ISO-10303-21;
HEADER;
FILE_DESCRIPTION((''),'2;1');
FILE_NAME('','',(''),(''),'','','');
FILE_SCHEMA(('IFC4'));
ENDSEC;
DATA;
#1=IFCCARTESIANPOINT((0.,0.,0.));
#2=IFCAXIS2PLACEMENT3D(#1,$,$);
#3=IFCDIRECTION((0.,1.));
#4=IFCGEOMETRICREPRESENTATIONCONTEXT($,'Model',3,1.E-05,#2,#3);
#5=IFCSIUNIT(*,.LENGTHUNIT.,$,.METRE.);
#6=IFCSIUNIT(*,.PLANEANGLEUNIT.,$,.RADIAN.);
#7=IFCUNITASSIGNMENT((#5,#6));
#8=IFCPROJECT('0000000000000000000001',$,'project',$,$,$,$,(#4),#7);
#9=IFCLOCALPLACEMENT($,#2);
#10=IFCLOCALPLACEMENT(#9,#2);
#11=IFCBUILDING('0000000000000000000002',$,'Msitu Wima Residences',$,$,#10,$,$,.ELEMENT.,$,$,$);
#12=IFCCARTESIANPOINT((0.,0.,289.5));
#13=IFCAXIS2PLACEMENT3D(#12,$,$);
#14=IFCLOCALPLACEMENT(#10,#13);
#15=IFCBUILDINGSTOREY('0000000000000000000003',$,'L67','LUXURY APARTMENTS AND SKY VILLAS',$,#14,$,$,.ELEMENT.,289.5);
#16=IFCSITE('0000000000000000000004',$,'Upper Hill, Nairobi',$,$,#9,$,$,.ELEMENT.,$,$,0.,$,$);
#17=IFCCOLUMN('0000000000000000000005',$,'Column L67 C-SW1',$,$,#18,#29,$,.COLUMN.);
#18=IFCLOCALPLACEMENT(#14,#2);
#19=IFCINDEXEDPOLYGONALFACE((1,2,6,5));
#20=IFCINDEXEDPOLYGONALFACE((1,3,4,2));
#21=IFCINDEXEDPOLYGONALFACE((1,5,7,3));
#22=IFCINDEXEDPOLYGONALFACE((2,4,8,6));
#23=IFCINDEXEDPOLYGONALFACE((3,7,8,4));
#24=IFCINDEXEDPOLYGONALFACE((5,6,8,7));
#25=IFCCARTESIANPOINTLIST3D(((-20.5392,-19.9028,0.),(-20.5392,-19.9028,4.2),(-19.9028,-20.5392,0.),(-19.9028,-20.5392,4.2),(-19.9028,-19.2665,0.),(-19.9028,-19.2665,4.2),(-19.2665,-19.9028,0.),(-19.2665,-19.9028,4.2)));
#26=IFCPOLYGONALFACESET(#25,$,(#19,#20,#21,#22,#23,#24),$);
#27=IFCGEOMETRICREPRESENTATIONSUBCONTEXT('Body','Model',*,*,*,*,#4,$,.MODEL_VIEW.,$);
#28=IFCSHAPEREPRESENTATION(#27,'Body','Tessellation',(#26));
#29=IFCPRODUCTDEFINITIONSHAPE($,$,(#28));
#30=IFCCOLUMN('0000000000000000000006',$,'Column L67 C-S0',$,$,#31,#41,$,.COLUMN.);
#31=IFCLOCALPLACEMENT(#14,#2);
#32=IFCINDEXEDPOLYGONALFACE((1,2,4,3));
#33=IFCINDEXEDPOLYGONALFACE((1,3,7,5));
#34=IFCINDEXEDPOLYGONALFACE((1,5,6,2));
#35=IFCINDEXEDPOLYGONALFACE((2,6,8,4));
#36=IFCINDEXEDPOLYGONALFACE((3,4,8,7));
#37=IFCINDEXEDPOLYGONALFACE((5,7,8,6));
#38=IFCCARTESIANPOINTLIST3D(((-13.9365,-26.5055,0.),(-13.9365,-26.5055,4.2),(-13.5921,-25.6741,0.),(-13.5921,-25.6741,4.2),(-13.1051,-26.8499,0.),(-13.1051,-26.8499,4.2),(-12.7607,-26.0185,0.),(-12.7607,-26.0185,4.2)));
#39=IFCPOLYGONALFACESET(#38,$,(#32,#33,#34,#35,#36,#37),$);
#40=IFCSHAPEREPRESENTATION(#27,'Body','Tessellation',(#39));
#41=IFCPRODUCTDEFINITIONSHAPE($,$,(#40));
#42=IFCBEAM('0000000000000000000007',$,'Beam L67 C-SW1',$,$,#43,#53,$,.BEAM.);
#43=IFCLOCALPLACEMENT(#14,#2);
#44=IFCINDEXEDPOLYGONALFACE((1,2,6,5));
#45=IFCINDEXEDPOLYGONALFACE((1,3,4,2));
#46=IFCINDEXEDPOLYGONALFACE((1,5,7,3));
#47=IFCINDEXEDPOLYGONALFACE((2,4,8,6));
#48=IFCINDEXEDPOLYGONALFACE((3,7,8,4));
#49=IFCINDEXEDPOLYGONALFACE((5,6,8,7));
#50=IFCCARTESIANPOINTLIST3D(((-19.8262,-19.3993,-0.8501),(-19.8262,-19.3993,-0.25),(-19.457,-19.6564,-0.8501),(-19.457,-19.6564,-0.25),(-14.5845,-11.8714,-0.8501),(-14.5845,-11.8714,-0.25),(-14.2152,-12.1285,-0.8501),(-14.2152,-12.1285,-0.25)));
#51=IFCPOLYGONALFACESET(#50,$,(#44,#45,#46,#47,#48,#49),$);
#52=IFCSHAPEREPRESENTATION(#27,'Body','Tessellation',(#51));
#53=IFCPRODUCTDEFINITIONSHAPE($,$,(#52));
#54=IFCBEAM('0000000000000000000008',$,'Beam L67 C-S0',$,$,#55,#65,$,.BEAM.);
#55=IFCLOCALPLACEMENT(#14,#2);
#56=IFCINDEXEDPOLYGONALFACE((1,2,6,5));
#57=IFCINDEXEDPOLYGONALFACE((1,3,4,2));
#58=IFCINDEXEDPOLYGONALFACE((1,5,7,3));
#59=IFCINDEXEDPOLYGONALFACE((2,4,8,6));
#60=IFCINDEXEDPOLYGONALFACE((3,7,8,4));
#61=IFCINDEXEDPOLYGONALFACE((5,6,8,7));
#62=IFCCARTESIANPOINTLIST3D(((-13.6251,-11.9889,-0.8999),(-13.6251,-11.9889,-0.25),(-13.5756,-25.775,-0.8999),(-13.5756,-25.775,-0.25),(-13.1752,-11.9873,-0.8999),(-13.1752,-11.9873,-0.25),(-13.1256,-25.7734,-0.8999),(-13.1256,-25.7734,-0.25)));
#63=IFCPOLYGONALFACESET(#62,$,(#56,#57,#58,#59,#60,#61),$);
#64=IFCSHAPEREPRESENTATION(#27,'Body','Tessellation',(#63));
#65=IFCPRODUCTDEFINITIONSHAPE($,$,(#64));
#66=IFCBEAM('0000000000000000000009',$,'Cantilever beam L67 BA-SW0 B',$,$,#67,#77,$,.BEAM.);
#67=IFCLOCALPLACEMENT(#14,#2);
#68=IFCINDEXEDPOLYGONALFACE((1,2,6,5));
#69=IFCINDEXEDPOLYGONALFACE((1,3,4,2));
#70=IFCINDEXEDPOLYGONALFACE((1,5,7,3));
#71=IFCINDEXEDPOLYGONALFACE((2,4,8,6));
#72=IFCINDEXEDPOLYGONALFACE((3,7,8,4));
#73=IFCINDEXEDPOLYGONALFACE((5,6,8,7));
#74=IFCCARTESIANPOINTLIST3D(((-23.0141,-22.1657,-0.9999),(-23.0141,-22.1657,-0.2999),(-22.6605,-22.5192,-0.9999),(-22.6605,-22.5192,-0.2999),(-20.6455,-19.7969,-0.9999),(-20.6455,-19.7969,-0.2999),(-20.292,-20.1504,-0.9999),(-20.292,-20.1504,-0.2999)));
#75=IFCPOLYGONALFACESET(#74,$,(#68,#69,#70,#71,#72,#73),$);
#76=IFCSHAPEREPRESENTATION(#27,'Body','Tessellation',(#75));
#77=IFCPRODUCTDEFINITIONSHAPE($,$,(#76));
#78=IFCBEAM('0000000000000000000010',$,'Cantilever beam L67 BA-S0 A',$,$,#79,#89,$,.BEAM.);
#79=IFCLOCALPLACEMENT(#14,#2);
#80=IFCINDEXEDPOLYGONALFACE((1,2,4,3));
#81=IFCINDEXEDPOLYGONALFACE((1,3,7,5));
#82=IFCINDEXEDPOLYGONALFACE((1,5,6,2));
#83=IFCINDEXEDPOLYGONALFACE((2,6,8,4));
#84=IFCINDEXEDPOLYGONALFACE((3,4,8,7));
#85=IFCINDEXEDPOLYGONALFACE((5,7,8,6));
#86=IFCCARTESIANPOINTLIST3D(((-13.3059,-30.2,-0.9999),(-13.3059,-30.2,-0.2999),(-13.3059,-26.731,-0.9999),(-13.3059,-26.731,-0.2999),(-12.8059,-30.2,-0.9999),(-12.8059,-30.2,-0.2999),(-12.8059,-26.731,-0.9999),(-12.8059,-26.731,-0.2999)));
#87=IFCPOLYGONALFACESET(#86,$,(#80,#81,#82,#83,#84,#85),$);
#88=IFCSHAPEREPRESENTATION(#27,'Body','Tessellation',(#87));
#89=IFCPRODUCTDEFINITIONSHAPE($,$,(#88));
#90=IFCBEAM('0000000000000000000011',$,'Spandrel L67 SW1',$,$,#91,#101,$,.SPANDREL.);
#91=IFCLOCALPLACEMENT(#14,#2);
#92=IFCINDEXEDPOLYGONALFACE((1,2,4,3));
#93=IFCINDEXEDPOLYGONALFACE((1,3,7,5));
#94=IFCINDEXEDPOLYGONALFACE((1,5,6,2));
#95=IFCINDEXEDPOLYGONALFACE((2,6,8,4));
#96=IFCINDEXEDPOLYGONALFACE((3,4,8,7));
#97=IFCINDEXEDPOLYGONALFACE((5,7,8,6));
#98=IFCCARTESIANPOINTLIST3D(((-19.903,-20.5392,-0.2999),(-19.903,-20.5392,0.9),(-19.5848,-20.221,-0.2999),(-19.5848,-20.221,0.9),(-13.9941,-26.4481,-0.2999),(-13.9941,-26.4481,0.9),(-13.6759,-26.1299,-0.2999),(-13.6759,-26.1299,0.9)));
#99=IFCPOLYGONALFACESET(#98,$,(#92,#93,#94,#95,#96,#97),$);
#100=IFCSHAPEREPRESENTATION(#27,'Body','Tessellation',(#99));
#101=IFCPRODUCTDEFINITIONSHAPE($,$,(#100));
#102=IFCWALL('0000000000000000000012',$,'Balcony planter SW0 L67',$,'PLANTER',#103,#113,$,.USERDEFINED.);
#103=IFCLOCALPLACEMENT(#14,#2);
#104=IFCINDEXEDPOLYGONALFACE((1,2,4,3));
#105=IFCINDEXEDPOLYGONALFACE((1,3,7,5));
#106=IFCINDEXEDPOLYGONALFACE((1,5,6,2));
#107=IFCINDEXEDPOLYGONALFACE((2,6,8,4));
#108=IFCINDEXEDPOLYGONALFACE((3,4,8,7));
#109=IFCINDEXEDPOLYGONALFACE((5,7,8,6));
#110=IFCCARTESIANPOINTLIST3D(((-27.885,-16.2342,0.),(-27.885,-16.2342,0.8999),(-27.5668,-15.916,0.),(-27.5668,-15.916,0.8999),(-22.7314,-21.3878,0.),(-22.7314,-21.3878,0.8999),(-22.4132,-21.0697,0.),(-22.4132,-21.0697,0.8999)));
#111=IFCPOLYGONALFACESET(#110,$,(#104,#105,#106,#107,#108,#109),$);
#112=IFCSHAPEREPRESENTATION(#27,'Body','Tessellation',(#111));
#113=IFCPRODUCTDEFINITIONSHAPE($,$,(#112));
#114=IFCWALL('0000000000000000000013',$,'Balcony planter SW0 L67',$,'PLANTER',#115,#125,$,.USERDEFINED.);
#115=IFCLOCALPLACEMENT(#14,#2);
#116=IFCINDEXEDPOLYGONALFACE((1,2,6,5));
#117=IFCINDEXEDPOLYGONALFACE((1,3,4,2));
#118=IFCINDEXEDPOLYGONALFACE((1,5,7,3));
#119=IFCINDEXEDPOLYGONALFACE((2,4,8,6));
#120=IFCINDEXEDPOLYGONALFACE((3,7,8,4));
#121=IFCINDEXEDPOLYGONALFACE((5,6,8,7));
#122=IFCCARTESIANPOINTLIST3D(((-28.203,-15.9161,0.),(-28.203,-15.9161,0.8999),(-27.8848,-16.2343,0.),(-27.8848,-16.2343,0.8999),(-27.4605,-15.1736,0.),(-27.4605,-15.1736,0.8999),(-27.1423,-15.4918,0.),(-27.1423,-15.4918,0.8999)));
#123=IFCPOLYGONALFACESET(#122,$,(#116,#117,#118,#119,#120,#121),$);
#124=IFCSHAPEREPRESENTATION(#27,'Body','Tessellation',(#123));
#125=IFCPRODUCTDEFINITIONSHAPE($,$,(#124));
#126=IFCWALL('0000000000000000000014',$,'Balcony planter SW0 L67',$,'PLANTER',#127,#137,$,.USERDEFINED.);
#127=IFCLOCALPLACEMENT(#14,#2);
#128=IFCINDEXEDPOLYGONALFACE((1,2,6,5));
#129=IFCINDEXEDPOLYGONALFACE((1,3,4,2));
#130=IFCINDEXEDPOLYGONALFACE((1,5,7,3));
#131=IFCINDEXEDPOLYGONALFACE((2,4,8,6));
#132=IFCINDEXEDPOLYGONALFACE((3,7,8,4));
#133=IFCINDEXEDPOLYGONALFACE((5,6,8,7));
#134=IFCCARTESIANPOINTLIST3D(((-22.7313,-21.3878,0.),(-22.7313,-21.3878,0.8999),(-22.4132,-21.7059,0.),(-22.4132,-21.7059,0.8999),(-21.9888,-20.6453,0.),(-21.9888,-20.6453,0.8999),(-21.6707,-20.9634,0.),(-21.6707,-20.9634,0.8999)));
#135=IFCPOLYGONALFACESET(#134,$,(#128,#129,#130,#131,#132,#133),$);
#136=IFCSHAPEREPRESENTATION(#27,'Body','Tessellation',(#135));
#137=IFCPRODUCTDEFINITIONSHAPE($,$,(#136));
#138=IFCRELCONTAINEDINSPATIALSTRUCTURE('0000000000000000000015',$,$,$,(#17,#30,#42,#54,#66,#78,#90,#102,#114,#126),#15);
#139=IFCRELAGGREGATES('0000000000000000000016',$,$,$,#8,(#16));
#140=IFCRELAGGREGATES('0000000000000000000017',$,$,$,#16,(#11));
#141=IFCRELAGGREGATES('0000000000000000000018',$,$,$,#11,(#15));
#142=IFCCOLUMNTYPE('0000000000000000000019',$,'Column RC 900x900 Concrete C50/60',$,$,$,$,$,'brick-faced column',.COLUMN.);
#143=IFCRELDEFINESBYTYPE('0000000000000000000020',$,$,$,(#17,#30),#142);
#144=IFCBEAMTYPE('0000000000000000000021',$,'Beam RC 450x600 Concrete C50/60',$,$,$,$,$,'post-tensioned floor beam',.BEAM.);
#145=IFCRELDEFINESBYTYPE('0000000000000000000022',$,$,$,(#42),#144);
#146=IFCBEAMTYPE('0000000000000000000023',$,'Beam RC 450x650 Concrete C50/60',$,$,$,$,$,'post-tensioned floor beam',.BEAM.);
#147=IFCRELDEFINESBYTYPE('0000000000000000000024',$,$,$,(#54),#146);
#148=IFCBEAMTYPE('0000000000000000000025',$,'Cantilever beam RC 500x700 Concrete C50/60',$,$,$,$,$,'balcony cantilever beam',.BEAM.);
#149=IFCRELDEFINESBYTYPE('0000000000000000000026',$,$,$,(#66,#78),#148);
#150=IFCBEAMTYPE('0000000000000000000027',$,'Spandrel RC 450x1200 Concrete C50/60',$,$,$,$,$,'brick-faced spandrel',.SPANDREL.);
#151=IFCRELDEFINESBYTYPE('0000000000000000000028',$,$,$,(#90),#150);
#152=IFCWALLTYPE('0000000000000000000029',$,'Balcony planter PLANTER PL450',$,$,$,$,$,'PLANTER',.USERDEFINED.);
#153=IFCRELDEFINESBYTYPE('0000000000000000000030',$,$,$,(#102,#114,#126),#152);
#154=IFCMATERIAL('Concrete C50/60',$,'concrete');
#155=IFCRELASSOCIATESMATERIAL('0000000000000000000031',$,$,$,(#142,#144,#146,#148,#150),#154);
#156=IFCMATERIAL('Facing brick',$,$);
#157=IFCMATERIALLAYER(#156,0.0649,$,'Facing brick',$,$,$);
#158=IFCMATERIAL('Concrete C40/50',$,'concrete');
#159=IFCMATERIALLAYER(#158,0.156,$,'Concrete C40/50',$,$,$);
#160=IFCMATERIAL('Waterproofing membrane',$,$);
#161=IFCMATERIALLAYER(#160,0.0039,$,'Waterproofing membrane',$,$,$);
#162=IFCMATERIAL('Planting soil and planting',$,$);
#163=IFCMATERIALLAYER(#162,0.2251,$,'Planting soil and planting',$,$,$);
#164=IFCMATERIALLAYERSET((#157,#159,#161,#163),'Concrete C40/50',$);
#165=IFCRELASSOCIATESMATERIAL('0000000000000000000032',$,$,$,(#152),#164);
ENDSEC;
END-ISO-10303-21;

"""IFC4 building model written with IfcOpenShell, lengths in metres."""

from ifc_helpers import new_model, si_unit, direction, frame, frame_2d, origin, origin_2d, place, context, subcontext, project, spatial, rectangle, extrude, material, layer, layer_set, material_profile, profile_set, type_object, element, save


model = new_model("IFC4")

# Units and contexts
model_context = context("Model", 3, precision=1e-05, world=origin(), true_north=direction((0.0, 1.0)))
body_context = subcontext(model_context, "Body", "Model", "MODEL_VIEW")
ifc_project = project(units=[si_unit("LENGTHUNIT", "METRE"), si_unit("PLANEANGLEUNIT", "RADIAN")], contexts=[model_context])

# Site, building, storey
site_placement = place(None, origin())
site = spatial("IfcSite", under=ifc_project, at=site_placement, Name="Upper Hill, Nairobi", CompositionType="ELEMENT", RefElevation=0.0)
building_placement = place(site_placement, origin())
building = spatial("IfcBuilding", under=site, at=building_placement, Name="Msitu Wima Residences", CompositionType="ELEMENT")
storey_placement = place(building_placement, frame((0.0, 0.0, 289.5)))
storey = spatial("IfcBuildingStorey", under=building, at=storey_placement, Name="L67", Description="LUXURY APARTMENTS AND SKY VILLAS", CompositionType="ELEMENT", Elevation=289.5)

# Columns
ifc_material_1 = material(Name="Concrete C50/60", Category="concrete")
ifc_material_profile_1 = material_profile(ifc_material_1, rectangle(XDim=0.8999, YDim=0.8999, at=origin_2d()), Name="RC 900x900")
ifc_profile_set_1 = profile_set([ifc_material_profile_1], Name="Concrete C50/60")
column_type = type_object("IfcColumnType", Name="Column RC 900x900 Concrete C50/60", ElementType="brick-faced column", PredefinedType="COLUMN", material=ifc_profile_set_1)
for number, where, z_axis, x_axis, name in (
    (1, (-19.9028, -19.9028, 0.0), (0.0, 0.0, 1.0), (0.707107, -0.707107, 0.0), "Column L67 C-SW1"),
    (2, (-13.3486, -26.262, 0.0), (0.0, 0.0, 1.0), (0.92388, -0.382683, 0.0), "Column L67 C-S0"),
):
    element("IfcColumn", number, at=place(storey_placement, frame(where, z_axis=z_axis, x_axis=x_axis)), inside=storey, type_object=column_type, Name=name, PredefinedType="COLUMN", context=body_context, shape_type="SweptSolid", body=[
        extrude(rectangle(XDim=0.8999, YDim=0.8999, at=origin_2d()), origin(), (0.0, 0.0, 1.0), 4.2),
    ])

# Beams
ifc_material_profile_2 = material_profile(ifc_material_1, rectangle(XDim=0.45, YDim=0.6001, at=origin_2d()), Name="RC 450x600")
ifc_profile_set_2 = profile_set([ifc_material_profile_2], Name="Concrete C50/60")
beam_type_1 = type_object("IfcBeamType", Name="Beam RC 450x600 Concrete C50/60", ElementType="post-tensioned floor beam", PredefinedType="BEAM", material=ifc_profile_set_2)
beam_1_placement = place(storey_placement, frame((-19.6416, -19.5278, -0.55), z_axis=(0.571428, 0.820652, 0.0), x_axis=(-0.820652, 0.571428, 0.0)))
element("IfcBeam", 3, at=beam_1_placement, inside=storey, type_object=beam_type_1, Name="Beam L67 C-SW1", PredefinedType="BEAM", context=body_context, shape_type="SweptSolid", body=[
    extrude(rectangle(XDim=0.45, YDim=0.6001, at=origin_2d()), origin(), (0.0, 0.0, 1.0), 9.1731),
])
ifc_material_profile_3 = material_profile(ifc_material_1, rectangle(XDim=0.45, YDim=0.6499, at=origin_2d()), Name="RC 450x650")
ifc_profile_set_3 = profile_set([ifc_material_profile_3], Name="Concrete C50/60")
beam_type_2 = type_object("IfcBeamType", Name="Beam RC 450x650 Concrete C50/60", ElementType="post-tensioned floor beam", PredefinedType="BEAM", material=ifc_profile_set_3)
beam_2_placement = place(storey_placement, frame((-13.3506, -25.7742, -0.575), z_axis=(-0.003595, 0.999994, 0.0), x_axis=(-0.999994, -0.003595, 0.0)))
element("IfcBeam", 4, at=beam_2_placement, inside=storey, type_object=beam_type_2, Name="Beam L67 C-S0", PredefinedType="BEAM", context=body_context, shape_type="SweptSolid", body=[
    extrude(rectangle(XDim=0.45, YDim=0.6499, at=origin_2d()), origin(), (0.0, 0.0, 1.0), 13.7861),
])
ifc_material_profile_4 = material_profile(ifc_material_1, rectangle(XDim=0.5, YDim=0.7, at=origin_2d()), Name="RC 500x700")
ifc_profile_set_4 = profile_set([ifc_material_profile_4], Name="Concrete C50/60")
beam_type_3 = type_object("IfcBeamType", Name="Cantilever beam RC 500x700 Concrete C50/60", ElementType="balcony cantilever beam", PredefinedType="BEAM", material=ifc_profile_set_4)
beam_3_placement = place(storey_placement, frame((-20.4688, -19.9736, -0.6499), z_axis=(-0.70707, -0.707143, 0.0), x_axis=(0.707143, -0.70707, 0.0)))
element("IfcBeam", 5, at=beam_3_placement, inside=storey, type_object=beam_type_3, Name="Cantilever beam L67 BA-SW0 B", PredefinedType="BEAM", context=body_context, shape_type="SweptSolid", body=[
    extrude(rectangle(XDim=0.5, YDim=0.7, at=origin_2d()), origin(), (0.0, 0.0, 1.0), 3.3499),
])
beam_4_placement = place(storey_placement, frame((-13.0559, -26.731, -0.6499), z_axis=(0.0, -1.0, 0.0), x_axis=(1.0, 0.0, 0.0)))
element("IfcBeam", 6, at=beam_4_placement, inside=storey, type_object=beam_type_3, Name="Cantilever beam L67 BA-S0 A", PredefinedType="BEAM", context=body_context, shape_type="SweptSolid", body=[
    extrude(rectangle(XDim=0.5, YDim=0.7, at=origin_2d()), origin(), (0.0, 0.0, 1.0), 3.469),
])
ifc_material_profile_5 = material_profile(ifc_material_1, rectangle(XDim=0.45, YDim=1.2, at=origin_2d()), Name="RC 450x1200")
ifc_profile_set_5 = profile_set([ifc_material_profile_5], Name="Concrete C50/60")
beam_type_4 = type_object("IfcBeamType", Name="Spandrel RC 450x1200 Concrete C50/60", ElementType="brick-faced spandrel", PredefinedType="SPANDREL", material=ifc_profile_set_5)
beam_5_placement = place(storey_placement, frame((-19.7439, -20.3801, 0.3), z_axis=(0.707107, -0.707107, 0.0), x_axis=(0.707107, 0.707107, 0.0)))
element("IfcBeam", 7, at=beam_5_placement, inside=storey, type_object=beam_type_4, Name="Spandrel L67 SW1", PredefinedType="SPANDREL", context=body_context, shape_type="SweptSolid", body=[
    extrude(rectangle(XDim=0.45, YDim=1.2, at=origin_2d()), origin(), (0.0, 0.0, 1.0), 8.3564),
])

# Walls
ifc_material_2 = material(Name="Facing brick")
ifc_layer_1 = layer(ifc_material_2, 0.0649, Name="Facing brick")
ifc_material_3 = material(Name="Concrete C40/50", Category="concrete")
ifc_layer_2 = layer(ifc_material_3, 0.156, Name="Concrete C40/50")
ifc_material_4 = material(Name="Waterproofing membrane")
ifc_layer_3 = layer(ifc_material_4, 0.0039, Name="Waterproofing membrane")
ifc_material_5 = material(Name="Planting soil and planting")
ifc_layer_4 = layer(ifc_material_5, 0.2251, Name="Planting soil and planting")
ifc_layer_set_1 = layer_set([ifc_layer_1, ifc_layer_2, ifc_layer_3, ifc_layer_4], Name="Concrete C40/50")
wall_type_1 = type_object("IfcWallType", Name="Balcony planter PLANTER PL450", ElementType="PLANTER", PredefinedType="USERDEFINED", material=ifc_layer_set_1)
wall_1_placement = place(storey_placement, frame((-27.7258, -16.0752, 0.0), z_axis=(0.0, 0.0, 1.0), x_axis=(0.707107, -0.707107, 0.0)))
element("IfcWall", 8, at=wall_1_placement, inside=storey, type_object=wall_type_1, Name="Balcony planter SW0 L67", ObjectType="PLANTER", PredefinedType="USERDEFINED", context=body_context, shape_type="SweptSolid", body=[
    extrude(rectangle(XDim=7.2883, YDim=0.45, at=frame_2d((3.644, 0.0))), origin(), (0.0, 0.0, 1.0), 0.8999),
])
for number, where, z_axis, x_axis, name in (
    (9, (-27.3015, -15.3328, 0.0), (0.0, 0.0, 1.0), (-0.707107, -0.707107, 0.0), "Balcony planter SW0 L67"),
    (10, (-21.8298, -20.8044, 0.0), (0.0, 0.0, 1.0), (-0.707107, -0.707107, 0.0), "Balcony planter SW0 L67"),
):
    element("IfcWall", number, at=place(storey_placement, frame(where, z_axis=z_axis, x_axis=x_axis)), inside=storey, type_object=wall_type_1, Name=name, ObjectType="PLANTER", PredefinedType="USERDEFINED", context=body_context, shape_type="SweptSolid", body=[
        extrude(rectangle(XDim=1.05, YDim=0.45, at=frame_2d((0.5249, 0.0))), origin(), (0.0, 0.0, 1.0), 0.8999),
    ])

save(model, "model.ifc")
